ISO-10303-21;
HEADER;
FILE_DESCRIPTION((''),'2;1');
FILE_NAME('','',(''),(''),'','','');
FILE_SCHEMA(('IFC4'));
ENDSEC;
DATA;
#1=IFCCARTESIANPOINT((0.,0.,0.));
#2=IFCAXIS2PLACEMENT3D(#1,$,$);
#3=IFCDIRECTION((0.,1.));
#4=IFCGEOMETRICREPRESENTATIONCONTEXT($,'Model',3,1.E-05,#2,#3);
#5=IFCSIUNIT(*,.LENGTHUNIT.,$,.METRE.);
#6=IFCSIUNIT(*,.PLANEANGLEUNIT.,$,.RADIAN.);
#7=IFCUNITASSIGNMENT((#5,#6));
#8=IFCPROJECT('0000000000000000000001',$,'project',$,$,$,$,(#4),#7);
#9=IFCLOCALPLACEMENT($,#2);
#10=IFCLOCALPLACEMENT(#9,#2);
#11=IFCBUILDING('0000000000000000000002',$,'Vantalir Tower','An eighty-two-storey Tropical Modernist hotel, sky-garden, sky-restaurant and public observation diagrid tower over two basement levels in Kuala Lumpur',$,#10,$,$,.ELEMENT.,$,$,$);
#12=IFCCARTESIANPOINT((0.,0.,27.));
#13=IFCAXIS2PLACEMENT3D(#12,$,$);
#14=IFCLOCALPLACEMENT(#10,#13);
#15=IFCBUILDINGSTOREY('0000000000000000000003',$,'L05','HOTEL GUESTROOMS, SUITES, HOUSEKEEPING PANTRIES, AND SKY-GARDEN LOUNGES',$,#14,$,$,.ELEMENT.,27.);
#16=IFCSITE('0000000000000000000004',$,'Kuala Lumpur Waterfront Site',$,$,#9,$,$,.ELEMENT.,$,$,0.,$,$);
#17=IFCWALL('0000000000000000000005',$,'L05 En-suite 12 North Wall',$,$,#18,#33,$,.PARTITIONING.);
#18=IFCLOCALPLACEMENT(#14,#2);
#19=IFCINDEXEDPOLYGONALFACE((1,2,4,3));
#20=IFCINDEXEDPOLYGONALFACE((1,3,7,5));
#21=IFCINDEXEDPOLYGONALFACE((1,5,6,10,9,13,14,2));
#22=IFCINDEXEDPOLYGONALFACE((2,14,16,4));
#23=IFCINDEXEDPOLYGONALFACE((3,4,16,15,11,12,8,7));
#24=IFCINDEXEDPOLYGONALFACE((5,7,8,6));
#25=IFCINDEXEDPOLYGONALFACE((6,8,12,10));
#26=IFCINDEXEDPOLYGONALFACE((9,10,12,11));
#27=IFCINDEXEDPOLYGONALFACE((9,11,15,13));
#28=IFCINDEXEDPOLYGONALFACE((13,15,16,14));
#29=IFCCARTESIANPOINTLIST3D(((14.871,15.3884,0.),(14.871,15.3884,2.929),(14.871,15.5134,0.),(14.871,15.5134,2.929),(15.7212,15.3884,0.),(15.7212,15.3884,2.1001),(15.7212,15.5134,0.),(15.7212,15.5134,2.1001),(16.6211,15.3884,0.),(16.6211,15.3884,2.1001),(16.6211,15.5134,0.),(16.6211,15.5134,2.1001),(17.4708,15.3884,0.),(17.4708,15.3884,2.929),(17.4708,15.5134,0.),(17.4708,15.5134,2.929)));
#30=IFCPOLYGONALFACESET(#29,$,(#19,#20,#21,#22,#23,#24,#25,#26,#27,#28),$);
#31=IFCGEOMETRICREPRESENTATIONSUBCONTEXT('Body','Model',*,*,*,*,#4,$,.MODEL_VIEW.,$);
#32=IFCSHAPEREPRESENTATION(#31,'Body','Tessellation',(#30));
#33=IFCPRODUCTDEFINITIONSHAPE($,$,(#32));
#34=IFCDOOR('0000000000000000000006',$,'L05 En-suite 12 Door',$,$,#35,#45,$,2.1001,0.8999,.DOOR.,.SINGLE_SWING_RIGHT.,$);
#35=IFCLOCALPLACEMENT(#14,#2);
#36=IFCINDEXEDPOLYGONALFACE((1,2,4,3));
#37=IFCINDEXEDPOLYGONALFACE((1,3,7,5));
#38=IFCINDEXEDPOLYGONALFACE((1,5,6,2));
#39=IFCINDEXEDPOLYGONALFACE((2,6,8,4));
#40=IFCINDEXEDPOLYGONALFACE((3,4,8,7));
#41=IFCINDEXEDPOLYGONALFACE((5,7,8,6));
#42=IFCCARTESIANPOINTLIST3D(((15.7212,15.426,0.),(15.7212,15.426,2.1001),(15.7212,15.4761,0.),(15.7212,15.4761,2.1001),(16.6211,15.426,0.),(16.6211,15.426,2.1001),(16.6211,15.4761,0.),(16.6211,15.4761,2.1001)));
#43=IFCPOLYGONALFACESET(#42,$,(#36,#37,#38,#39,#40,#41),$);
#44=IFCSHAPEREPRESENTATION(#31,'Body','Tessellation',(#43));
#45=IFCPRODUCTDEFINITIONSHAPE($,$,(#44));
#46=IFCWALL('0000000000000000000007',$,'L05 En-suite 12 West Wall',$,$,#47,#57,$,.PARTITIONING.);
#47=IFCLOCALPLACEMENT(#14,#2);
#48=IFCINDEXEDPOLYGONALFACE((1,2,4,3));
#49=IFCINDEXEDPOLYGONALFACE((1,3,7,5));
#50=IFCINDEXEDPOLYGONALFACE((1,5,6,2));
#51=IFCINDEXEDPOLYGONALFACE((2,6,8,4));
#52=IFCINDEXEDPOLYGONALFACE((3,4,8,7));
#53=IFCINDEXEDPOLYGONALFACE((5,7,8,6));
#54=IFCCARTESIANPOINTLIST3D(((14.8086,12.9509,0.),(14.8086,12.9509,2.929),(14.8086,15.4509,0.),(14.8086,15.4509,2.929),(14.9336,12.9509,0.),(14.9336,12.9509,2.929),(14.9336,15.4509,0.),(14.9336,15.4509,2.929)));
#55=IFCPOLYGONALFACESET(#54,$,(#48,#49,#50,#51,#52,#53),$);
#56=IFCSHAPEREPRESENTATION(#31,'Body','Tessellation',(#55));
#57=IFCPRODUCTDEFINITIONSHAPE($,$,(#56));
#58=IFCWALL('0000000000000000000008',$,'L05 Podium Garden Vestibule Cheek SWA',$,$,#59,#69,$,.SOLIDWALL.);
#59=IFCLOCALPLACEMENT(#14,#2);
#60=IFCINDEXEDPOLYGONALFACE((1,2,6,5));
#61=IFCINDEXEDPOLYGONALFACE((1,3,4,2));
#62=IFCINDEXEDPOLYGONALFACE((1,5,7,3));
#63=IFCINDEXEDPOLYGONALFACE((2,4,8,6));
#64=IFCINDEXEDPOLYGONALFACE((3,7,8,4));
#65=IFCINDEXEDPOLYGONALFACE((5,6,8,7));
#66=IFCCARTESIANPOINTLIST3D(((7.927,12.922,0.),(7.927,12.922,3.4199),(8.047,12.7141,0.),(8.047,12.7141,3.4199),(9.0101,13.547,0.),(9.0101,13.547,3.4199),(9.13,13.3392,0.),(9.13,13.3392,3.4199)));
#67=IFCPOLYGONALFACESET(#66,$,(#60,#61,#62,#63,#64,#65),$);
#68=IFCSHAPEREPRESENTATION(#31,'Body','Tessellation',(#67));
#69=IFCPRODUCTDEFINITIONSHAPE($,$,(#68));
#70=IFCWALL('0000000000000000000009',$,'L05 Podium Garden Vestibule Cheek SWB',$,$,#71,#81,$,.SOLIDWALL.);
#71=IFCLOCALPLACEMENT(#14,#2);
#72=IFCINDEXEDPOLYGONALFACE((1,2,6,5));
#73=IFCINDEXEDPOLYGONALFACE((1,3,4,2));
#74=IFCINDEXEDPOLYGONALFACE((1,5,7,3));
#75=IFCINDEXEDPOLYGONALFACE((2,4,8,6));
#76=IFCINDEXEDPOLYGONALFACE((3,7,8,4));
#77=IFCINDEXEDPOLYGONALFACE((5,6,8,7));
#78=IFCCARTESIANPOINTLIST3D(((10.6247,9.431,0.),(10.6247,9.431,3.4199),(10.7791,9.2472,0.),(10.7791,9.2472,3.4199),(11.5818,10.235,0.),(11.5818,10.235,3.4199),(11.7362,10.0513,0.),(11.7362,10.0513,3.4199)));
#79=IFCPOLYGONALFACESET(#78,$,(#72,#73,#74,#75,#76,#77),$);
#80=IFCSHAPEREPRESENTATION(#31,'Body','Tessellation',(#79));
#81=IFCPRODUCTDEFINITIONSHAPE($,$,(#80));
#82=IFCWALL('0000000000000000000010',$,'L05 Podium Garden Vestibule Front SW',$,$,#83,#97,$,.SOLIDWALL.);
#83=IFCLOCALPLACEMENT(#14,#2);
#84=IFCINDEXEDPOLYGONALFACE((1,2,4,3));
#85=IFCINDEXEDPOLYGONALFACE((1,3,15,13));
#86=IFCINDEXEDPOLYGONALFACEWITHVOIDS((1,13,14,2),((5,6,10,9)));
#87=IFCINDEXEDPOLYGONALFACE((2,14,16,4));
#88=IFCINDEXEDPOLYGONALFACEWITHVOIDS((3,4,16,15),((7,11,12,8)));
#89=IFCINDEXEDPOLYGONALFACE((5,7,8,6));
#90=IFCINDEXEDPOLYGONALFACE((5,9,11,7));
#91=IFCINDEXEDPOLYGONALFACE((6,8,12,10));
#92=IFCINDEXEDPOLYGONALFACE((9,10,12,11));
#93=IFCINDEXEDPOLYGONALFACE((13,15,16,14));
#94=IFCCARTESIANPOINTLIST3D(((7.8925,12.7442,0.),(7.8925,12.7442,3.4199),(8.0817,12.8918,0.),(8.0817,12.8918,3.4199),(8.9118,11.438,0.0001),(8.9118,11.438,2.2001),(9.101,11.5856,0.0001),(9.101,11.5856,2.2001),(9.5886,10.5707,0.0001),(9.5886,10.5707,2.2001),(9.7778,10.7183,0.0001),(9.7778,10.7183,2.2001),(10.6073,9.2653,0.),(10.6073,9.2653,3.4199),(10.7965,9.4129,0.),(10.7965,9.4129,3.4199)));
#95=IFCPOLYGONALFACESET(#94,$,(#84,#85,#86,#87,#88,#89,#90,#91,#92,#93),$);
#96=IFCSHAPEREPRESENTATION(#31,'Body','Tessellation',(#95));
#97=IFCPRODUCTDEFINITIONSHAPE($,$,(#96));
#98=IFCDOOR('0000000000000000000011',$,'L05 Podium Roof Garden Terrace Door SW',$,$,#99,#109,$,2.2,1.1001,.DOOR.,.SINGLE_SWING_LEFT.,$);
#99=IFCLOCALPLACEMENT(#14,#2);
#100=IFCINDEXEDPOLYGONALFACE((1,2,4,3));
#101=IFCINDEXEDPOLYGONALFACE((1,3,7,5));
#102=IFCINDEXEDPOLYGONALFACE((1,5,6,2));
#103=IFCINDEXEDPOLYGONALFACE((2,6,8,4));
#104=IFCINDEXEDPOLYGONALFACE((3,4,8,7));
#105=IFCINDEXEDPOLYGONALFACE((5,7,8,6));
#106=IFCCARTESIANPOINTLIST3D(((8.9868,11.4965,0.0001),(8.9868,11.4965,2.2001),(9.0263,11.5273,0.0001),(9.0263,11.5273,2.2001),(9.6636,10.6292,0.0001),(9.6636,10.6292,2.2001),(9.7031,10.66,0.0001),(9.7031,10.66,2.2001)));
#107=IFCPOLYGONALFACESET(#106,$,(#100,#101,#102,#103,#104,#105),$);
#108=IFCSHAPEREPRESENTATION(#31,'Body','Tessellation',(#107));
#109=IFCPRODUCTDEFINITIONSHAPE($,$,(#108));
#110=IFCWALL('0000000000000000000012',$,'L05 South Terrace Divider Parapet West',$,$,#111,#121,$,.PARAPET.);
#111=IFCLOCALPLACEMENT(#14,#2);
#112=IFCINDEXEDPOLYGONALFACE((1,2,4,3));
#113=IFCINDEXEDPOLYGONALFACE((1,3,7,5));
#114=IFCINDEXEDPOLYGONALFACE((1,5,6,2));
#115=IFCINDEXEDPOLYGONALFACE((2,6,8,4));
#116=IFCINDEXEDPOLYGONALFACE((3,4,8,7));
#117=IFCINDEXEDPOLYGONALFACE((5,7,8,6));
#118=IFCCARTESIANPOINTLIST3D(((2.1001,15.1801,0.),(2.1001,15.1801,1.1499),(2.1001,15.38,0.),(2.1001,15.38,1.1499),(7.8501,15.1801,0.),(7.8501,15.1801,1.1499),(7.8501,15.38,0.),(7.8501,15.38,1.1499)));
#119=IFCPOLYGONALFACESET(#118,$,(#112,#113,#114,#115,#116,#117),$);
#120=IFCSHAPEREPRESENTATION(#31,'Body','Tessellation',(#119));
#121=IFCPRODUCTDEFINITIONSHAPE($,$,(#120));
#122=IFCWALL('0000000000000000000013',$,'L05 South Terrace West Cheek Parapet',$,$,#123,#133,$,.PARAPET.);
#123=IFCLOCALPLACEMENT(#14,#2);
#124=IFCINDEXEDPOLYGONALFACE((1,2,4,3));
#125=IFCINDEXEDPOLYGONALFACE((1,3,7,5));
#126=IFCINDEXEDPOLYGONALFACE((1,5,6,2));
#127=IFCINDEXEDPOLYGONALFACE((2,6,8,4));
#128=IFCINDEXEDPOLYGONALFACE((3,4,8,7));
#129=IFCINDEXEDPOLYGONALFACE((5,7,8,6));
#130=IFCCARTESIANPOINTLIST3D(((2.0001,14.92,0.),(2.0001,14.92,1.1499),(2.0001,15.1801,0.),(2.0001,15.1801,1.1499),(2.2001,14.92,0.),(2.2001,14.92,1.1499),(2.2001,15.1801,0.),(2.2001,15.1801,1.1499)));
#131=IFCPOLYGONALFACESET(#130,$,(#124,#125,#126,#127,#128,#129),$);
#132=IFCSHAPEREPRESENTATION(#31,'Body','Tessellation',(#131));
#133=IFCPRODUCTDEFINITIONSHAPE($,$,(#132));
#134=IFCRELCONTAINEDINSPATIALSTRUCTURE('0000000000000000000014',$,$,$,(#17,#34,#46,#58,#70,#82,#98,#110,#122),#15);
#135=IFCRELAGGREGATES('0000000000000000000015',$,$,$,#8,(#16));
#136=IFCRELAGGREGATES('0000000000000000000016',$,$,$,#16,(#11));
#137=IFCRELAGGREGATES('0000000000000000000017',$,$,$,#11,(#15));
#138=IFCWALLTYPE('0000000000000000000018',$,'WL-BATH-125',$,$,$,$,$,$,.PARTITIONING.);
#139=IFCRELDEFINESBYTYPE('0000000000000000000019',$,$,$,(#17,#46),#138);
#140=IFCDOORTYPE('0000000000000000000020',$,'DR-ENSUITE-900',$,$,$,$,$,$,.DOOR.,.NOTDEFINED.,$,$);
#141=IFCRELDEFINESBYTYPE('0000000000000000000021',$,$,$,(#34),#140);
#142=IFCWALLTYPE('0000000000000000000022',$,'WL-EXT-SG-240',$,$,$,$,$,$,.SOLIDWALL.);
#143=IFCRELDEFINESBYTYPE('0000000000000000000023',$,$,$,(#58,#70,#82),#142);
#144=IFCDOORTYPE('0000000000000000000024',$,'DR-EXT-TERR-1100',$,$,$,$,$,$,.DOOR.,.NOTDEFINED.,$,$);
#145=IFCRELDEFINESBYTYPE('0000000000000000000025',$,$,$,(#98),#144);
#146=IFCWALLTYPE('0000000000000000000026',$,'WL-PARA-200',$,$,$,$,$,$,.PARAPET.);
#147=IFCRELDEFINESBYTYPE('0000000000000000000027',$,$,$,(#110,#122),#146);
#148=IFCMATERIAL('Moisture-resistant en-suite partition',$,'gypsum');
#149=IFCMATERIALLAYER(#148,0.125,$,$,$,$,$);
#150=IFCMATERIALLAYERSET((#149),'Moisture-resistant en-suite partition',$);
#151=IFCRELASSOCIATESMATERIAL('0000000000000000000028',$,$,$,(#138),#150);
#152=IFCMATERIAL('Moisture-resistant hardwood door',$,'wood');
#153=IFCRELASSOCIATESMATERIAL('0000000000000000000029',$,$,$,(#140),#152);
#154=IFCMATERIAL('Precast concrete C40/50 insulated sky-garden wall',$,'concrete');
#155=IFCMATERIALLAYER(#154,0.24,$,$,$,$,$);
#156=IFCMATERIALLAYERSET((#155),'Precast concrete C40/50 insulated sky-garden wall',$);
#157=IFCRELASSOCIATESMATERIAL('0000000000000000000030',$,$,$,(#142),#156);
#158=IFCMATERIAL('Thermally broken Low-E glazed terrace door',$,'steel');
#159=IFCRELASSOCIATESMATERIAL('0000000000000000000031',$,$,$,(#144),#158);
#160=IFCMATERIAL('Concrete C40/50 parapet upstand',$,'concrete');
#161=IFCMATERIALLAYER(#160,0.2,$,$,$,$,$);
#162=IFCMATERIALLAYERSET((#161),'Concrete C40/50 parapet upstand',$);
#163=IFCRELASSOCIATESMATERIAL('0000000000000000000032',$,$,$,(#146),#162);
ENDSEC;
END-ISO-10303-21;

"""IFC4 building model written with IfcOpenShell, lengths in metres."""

from ifc_helpers import new_model, si_unit, direction, frame, frame_2d, origin, place, context, subcontext, project, spatial, rectangle, extrude, material, layer, layer_set, type_object, element, fill, save


model = new_model("IFC4")

# Units and contexts
model_context = context("Model", 3, precision=1e-05, world=origin(), true_north=direction((0.0, 1.0)))
body_context = subcontext(model_context, "Body", "Model", "MODEL_VIEW")
ifc_project = project(units=[si_unit("LENGTHUNIT", "METRE"), si_unit("PLANEANGLEUNIT", "RADIAN")], contexts=[model_context])

# Site, building, storey
site_placement = place(None, origin())
site = spatial("IfcSite", under=ifc_project, at=site_placement, Name="Kuala Lumpur Waterfront Site", CompositionType="ELEMENT", RefElevation=0.0)
building_placement = place(site_placement, origin())
building = spatial("IfcBuilding", under=site, at=building_placement, Name="Vantalir Tower", Description="An eighty-two-storey Tropical Modernist hotel, sky-garden, sky-restaurant and public observation diagrid tower over two basement levels in Kuala Lumpur", CompositionType="ELEMENT")
storey_placement = place(building_placement, frame((0.0, 0.0, 27.0)))
storey = spatial("IfcBuildingStorey", under=building, at=storey_placement, Name="L05", Description="HOTEL GUESTROOMS, SUITES, HOUSEKEEPING PANTRIES, AND SKY-GARDEN LOUNGES", CompositionType="ELEMENT", Elevation=27.0)

# Shared definitions
ifc_material_1 = material(Name="Moisture-resistant en-suite partition", Category="gypsum")
ifc_layer_1 = layer(ifc_material_1, 0.125)
ifc_layer_set_1 = layer_set([ifc_layer_1], Name="Moisture-resistant en-suite partition")
wall_type_1 = type_object("IfcWallType", Name="WL-BATH-125", PredefinedType="PARTITIONING", material=ifc_layer_set_1)

# Wall, opening, door
wall_1_placement = place(storey_placement, frame((14.8711, 15.4509, 0.0), z_axis=(0.0, 0.0, 1.0), x_axis=(1.0, 0.0, 0.0)))
wall_1 = element("IfcWall", 1, at=wall_1_placement, inside=storey, type_object=wall_type_1, Name="L05 En-suite 12 North Wall", PredefinedType="PARTITIONING", context=body_context, shape_type="SweptSolid", body=[
    extrude(rectangle(XDim=2.5999, YDim=0.125, at=frame_2d((1.2998, 0.0))), origin(), (0.0, 0.0, 1.0), 2.929),
])
opening_1_placement = place(wall_1_placement, frame((0.8501, 0.0, 0.0)))
opening_1 = element("IfcOpeningElement", 2, at=opening_1_placement, cuts=wall_1, PredefinedType="OPENING", context=body_context, shape_type="SweptSolid", body=[
    extrude(rectangle(XDim=0.8999, YDim=2.1001, at=frame_2d((0.45, 1.05))), frame((0.0, 0.0725, 0.0), z_axis=(0.0, -1.0, 0.0), x_axis=(1.0, 0.0, 0.0)), (0.0, 0.0, 1.0), 0.145),
])
ifc_material_2 = material(Name="Moisture-resistant hardwood door", Category="wood")
door_type_1 = type_object("IfcDoorType", Name="DR-ENSUITE-900", OperationType="NOTDEFINED", PredefinedType="DOOR", material=ifc_material_2)
door_1_placement = place(opening_1_placement, frame((0.8999, 0.0, 0.0), z_axis=(0.0, 0.0, 1.0), x_axis=(-1.0, 0.0, 0.0)))
door_1 = element("IfcDoor", 3, at=door_1_placement, inside=storey, type_object=door_type_1, Name="L05 En-suite 12 Door", OperationType="SINGLE_SWING_RIGHT", OverallHeight=2.1001, OverallWidth=0.8999, PredefinedType="DOOR", context=body_context, shape_type="SweptSolid", body=[
    extrude(rectangle(XDim=0.8999, YDim=2.1001, at=frame_2d((0.45, 1.05))), frame((0.0, 0.0249, 0.0), z_axis=(0.0, -1.0, 0.0), x_axis=(1.0, 0.0, 0.0)), (0.0, 0.0, 1.0), 0.05),
])
fill(opening_1, door_1)

# Walls
wall_2_placement = place(storey_placement, frame((14.8711, 12.9509, 0.0), z_axis=(0.0, 0.0, 1.0), x_axis=(0.0, 1.0, 0.0)))
element("IfcWall", 4, at=wall_2_placement, inside=storey, type_object=wall_type_1, Name="L05 En-suite 12 West Wall", PredefinedType="PARTITIONING", context=body_context, shape_type="SweptSolid", body=[
    extrude(rectangle(XDim=2.5, YDim=0.125, at=frame_2d((1.25, 0.0))), origin(), (0.0, 0.0, 1.0), 2.929),
])
ifc_material_3 = material(Name="Precast concrete C40/50 insulated sky-garden wall", Category="concrete")
ifc_layer_2 = layer(ifc_material_3, 0.24)
ifc_layer_set_2 = layer_set([ifc_layer_2], Name="Precast concrete C40/50 insulated sky-garden wall")
wall_type_2 = type_object("IfcWallType", Name="WL-EXT-SG-240", PredefinedType="SOLIDWALL", material=ifc_layer_set_2)
wall_3_placement = place(storey_placement, frame((9.0701, 13.4431, 0.0), z_axis=(0.0, 0.0, 1.0), x_axis=(-0.866121, -0.499835, 0.0)))
element("IfcWall", 5, at=wall_3_placement, inside=storey, type_object=wall_type_2, Name="L05 Podium Garden Vestibule Cheek SWA", PredefinedType="SOLIDWALL", context=body_context, shape_type="SweptSolid", body=[
    extrude(rectangle(XDim=1.2505, YDim=0.24, at=frame_2d((0.6252, 0.0))), origin(), (0.0, 0.0, 1.0), 3.4199),
])
wall_4_placement = place(storey_placement, frame((10.7019, 9.3391, 0.0), z_axis=(0.0, 0.0, 1.0), x_axis=(0.765686, 0.643215, 0.0)))
element("IfcWall", 6, at=wall_4_placement, inside=storey, type_object=wall_type_2, Name="L05 Podium Garden Vestibule Cheek SWB", PredefinedType="SOLIDWALL", context=body_context, shape_type="SweptSolid", body=[
    extrude(rectangle(XDim=1.25, YDim=0.24, at=frame_2d((0.625, 0.0))), origin(), (0.0, 0.0, 1.0), 3.4199),
])

# Wall, opening, door
wall_5_placement = place(storey_placement, frame((7.9871, 12.8181, 0.0), z_axis=(0.0, 0.0, 1.0), x_axis=(0.615204, -0.788368, 0.0)))
wall_5 = element("IfcWall", 7, at=wall_5_placement, inside=storey, type_object=wall_type_2, Name="L05 Podium Garden Vestibule Front SW", PredefinedType="SOLIDWALL", context=body_context, shape_type="SweptSolid", body=[
    extrude(rectangle(XDim=4.4128, YDim=0.24, at=frame_2d((2.2065, 0.0))), origin(), (0.0, 0.0, 1.0), 3.4199),
])
opening_2_placement = place(wall_5_placement, frame((1.657, 0.0, 0.0)))
opening_2 = element("IfcOpeningElement", 8, at=opening_2_placement, cuts=wall_5, PredefinedType="OPENING", context=body_context, shape_type="SweptSolid", body=[
    extrude(rectangle(XDim=1.1001, YDim=2.2, at=frame_2d((0.55, 1.1001))), frame((0.0, 0.1299, 0.0), z_axis=(0.0, -1.0, 0.0), x_axis=(1.0, 0.0, 0.0)), (0.0, 0.0, 1.0), 0.26),
])
ifc_material_4 = material(Name="Thermally broken Low-E glazed terrace door", Category="steel")
door_type_2 = type_object("IfcDoorType", Name="DR-EXT-TERR-1100", OperationType="NOTDEFINED", PredefinedType="DOOR", material=ifc_material_4)
door_2_placement = place(opening_2_placement, frame((1.1001, 0.0, 0.0), z_axis=(0.0, 0.0, 1.0), x_axis=(-1.0, 0.0, 0.0)))
door_2 = element("IfcDoor", 9, at=door_2_placement, inside=storey, type_object=door_type_2, Name="L05 Podium Roof Garden Terrace Door SW", OperationType="SINGLE_SWING_LEFT", OverallHeight=2.2, OverallWidth=1.1001, PredefinedType="DOOR", context=body_context, shape_type="SweptSolid", body=[
    extrude(rectangle(XDim=1.1001, YDim=2.2, at=frame_2d((0.55, 1.1001))), frame((0.0, 0.0249, 0.0), z_axis=(0.0, -1.0, 0.0), x_axis=(1.0, 0.0, 0.0)), (0.0, 0.0, 1.0), 0.05),
])
fill(opening_2, door_2)

# Walls
ifc_material_5 = material(Name="Concrete C40/50 parapet upstand", Category="concrete")
ifc_layer_3 = layer(ifc_material_5, 0.2)
ifc_layer_set_3 = layer_set([ifc_layer_3], Name="Concrete C40/50 parapet upstand")
wall_type_3 = type_object("IfcWallType", Name="WL-PARA-200", PredefinedType="PARAPET", material=ifc_layer_set_3)
wall_6_placement = place(storey_placement, frame((7.8501, 15.28, 0.0), z_axis=(0.0, 0.0, 1.0), x_axis=(-1.0, 0.0, 0.0)))
element("IfcWall", 10, at=wall_6_placement, inside=storey, type_object=wall_type_3, Name="L05 South Terrace Divider Parapet West", PredefinedType="PARAPET", context=body_context, shape_type="SweptSolid", body=[
    extrude(rectangle(XDim=5.75, YDim=0.2, at=frame_2d((2.875, 0.0))), origin(), (0.0, 0.0, 1.0), 1.1499),
])
wall_7_placement = place(storey_placement, frame((2.1001, 15.1799, 0.0), z_axis=(0.0, 0.0, 1.0), x_axis=(0.0, -1.0, 0.0)))
element("IfcWall", 11, at=wall_7_placement, inside=storey, type_object=wall_type_3, Name="L05 South Terrace West Cheek Parapet", PredefinedType="PARAPET", context=body_context, shape_type="SweptSolid", body=[
    extrude(rectangle(XDim=0.26, YDim=0.2, at=frame_2d((0.1299, 0.0))), origin(), (0.0, 0.0, 1.0), 1.1499),
])

save(model, "model.ifc")
